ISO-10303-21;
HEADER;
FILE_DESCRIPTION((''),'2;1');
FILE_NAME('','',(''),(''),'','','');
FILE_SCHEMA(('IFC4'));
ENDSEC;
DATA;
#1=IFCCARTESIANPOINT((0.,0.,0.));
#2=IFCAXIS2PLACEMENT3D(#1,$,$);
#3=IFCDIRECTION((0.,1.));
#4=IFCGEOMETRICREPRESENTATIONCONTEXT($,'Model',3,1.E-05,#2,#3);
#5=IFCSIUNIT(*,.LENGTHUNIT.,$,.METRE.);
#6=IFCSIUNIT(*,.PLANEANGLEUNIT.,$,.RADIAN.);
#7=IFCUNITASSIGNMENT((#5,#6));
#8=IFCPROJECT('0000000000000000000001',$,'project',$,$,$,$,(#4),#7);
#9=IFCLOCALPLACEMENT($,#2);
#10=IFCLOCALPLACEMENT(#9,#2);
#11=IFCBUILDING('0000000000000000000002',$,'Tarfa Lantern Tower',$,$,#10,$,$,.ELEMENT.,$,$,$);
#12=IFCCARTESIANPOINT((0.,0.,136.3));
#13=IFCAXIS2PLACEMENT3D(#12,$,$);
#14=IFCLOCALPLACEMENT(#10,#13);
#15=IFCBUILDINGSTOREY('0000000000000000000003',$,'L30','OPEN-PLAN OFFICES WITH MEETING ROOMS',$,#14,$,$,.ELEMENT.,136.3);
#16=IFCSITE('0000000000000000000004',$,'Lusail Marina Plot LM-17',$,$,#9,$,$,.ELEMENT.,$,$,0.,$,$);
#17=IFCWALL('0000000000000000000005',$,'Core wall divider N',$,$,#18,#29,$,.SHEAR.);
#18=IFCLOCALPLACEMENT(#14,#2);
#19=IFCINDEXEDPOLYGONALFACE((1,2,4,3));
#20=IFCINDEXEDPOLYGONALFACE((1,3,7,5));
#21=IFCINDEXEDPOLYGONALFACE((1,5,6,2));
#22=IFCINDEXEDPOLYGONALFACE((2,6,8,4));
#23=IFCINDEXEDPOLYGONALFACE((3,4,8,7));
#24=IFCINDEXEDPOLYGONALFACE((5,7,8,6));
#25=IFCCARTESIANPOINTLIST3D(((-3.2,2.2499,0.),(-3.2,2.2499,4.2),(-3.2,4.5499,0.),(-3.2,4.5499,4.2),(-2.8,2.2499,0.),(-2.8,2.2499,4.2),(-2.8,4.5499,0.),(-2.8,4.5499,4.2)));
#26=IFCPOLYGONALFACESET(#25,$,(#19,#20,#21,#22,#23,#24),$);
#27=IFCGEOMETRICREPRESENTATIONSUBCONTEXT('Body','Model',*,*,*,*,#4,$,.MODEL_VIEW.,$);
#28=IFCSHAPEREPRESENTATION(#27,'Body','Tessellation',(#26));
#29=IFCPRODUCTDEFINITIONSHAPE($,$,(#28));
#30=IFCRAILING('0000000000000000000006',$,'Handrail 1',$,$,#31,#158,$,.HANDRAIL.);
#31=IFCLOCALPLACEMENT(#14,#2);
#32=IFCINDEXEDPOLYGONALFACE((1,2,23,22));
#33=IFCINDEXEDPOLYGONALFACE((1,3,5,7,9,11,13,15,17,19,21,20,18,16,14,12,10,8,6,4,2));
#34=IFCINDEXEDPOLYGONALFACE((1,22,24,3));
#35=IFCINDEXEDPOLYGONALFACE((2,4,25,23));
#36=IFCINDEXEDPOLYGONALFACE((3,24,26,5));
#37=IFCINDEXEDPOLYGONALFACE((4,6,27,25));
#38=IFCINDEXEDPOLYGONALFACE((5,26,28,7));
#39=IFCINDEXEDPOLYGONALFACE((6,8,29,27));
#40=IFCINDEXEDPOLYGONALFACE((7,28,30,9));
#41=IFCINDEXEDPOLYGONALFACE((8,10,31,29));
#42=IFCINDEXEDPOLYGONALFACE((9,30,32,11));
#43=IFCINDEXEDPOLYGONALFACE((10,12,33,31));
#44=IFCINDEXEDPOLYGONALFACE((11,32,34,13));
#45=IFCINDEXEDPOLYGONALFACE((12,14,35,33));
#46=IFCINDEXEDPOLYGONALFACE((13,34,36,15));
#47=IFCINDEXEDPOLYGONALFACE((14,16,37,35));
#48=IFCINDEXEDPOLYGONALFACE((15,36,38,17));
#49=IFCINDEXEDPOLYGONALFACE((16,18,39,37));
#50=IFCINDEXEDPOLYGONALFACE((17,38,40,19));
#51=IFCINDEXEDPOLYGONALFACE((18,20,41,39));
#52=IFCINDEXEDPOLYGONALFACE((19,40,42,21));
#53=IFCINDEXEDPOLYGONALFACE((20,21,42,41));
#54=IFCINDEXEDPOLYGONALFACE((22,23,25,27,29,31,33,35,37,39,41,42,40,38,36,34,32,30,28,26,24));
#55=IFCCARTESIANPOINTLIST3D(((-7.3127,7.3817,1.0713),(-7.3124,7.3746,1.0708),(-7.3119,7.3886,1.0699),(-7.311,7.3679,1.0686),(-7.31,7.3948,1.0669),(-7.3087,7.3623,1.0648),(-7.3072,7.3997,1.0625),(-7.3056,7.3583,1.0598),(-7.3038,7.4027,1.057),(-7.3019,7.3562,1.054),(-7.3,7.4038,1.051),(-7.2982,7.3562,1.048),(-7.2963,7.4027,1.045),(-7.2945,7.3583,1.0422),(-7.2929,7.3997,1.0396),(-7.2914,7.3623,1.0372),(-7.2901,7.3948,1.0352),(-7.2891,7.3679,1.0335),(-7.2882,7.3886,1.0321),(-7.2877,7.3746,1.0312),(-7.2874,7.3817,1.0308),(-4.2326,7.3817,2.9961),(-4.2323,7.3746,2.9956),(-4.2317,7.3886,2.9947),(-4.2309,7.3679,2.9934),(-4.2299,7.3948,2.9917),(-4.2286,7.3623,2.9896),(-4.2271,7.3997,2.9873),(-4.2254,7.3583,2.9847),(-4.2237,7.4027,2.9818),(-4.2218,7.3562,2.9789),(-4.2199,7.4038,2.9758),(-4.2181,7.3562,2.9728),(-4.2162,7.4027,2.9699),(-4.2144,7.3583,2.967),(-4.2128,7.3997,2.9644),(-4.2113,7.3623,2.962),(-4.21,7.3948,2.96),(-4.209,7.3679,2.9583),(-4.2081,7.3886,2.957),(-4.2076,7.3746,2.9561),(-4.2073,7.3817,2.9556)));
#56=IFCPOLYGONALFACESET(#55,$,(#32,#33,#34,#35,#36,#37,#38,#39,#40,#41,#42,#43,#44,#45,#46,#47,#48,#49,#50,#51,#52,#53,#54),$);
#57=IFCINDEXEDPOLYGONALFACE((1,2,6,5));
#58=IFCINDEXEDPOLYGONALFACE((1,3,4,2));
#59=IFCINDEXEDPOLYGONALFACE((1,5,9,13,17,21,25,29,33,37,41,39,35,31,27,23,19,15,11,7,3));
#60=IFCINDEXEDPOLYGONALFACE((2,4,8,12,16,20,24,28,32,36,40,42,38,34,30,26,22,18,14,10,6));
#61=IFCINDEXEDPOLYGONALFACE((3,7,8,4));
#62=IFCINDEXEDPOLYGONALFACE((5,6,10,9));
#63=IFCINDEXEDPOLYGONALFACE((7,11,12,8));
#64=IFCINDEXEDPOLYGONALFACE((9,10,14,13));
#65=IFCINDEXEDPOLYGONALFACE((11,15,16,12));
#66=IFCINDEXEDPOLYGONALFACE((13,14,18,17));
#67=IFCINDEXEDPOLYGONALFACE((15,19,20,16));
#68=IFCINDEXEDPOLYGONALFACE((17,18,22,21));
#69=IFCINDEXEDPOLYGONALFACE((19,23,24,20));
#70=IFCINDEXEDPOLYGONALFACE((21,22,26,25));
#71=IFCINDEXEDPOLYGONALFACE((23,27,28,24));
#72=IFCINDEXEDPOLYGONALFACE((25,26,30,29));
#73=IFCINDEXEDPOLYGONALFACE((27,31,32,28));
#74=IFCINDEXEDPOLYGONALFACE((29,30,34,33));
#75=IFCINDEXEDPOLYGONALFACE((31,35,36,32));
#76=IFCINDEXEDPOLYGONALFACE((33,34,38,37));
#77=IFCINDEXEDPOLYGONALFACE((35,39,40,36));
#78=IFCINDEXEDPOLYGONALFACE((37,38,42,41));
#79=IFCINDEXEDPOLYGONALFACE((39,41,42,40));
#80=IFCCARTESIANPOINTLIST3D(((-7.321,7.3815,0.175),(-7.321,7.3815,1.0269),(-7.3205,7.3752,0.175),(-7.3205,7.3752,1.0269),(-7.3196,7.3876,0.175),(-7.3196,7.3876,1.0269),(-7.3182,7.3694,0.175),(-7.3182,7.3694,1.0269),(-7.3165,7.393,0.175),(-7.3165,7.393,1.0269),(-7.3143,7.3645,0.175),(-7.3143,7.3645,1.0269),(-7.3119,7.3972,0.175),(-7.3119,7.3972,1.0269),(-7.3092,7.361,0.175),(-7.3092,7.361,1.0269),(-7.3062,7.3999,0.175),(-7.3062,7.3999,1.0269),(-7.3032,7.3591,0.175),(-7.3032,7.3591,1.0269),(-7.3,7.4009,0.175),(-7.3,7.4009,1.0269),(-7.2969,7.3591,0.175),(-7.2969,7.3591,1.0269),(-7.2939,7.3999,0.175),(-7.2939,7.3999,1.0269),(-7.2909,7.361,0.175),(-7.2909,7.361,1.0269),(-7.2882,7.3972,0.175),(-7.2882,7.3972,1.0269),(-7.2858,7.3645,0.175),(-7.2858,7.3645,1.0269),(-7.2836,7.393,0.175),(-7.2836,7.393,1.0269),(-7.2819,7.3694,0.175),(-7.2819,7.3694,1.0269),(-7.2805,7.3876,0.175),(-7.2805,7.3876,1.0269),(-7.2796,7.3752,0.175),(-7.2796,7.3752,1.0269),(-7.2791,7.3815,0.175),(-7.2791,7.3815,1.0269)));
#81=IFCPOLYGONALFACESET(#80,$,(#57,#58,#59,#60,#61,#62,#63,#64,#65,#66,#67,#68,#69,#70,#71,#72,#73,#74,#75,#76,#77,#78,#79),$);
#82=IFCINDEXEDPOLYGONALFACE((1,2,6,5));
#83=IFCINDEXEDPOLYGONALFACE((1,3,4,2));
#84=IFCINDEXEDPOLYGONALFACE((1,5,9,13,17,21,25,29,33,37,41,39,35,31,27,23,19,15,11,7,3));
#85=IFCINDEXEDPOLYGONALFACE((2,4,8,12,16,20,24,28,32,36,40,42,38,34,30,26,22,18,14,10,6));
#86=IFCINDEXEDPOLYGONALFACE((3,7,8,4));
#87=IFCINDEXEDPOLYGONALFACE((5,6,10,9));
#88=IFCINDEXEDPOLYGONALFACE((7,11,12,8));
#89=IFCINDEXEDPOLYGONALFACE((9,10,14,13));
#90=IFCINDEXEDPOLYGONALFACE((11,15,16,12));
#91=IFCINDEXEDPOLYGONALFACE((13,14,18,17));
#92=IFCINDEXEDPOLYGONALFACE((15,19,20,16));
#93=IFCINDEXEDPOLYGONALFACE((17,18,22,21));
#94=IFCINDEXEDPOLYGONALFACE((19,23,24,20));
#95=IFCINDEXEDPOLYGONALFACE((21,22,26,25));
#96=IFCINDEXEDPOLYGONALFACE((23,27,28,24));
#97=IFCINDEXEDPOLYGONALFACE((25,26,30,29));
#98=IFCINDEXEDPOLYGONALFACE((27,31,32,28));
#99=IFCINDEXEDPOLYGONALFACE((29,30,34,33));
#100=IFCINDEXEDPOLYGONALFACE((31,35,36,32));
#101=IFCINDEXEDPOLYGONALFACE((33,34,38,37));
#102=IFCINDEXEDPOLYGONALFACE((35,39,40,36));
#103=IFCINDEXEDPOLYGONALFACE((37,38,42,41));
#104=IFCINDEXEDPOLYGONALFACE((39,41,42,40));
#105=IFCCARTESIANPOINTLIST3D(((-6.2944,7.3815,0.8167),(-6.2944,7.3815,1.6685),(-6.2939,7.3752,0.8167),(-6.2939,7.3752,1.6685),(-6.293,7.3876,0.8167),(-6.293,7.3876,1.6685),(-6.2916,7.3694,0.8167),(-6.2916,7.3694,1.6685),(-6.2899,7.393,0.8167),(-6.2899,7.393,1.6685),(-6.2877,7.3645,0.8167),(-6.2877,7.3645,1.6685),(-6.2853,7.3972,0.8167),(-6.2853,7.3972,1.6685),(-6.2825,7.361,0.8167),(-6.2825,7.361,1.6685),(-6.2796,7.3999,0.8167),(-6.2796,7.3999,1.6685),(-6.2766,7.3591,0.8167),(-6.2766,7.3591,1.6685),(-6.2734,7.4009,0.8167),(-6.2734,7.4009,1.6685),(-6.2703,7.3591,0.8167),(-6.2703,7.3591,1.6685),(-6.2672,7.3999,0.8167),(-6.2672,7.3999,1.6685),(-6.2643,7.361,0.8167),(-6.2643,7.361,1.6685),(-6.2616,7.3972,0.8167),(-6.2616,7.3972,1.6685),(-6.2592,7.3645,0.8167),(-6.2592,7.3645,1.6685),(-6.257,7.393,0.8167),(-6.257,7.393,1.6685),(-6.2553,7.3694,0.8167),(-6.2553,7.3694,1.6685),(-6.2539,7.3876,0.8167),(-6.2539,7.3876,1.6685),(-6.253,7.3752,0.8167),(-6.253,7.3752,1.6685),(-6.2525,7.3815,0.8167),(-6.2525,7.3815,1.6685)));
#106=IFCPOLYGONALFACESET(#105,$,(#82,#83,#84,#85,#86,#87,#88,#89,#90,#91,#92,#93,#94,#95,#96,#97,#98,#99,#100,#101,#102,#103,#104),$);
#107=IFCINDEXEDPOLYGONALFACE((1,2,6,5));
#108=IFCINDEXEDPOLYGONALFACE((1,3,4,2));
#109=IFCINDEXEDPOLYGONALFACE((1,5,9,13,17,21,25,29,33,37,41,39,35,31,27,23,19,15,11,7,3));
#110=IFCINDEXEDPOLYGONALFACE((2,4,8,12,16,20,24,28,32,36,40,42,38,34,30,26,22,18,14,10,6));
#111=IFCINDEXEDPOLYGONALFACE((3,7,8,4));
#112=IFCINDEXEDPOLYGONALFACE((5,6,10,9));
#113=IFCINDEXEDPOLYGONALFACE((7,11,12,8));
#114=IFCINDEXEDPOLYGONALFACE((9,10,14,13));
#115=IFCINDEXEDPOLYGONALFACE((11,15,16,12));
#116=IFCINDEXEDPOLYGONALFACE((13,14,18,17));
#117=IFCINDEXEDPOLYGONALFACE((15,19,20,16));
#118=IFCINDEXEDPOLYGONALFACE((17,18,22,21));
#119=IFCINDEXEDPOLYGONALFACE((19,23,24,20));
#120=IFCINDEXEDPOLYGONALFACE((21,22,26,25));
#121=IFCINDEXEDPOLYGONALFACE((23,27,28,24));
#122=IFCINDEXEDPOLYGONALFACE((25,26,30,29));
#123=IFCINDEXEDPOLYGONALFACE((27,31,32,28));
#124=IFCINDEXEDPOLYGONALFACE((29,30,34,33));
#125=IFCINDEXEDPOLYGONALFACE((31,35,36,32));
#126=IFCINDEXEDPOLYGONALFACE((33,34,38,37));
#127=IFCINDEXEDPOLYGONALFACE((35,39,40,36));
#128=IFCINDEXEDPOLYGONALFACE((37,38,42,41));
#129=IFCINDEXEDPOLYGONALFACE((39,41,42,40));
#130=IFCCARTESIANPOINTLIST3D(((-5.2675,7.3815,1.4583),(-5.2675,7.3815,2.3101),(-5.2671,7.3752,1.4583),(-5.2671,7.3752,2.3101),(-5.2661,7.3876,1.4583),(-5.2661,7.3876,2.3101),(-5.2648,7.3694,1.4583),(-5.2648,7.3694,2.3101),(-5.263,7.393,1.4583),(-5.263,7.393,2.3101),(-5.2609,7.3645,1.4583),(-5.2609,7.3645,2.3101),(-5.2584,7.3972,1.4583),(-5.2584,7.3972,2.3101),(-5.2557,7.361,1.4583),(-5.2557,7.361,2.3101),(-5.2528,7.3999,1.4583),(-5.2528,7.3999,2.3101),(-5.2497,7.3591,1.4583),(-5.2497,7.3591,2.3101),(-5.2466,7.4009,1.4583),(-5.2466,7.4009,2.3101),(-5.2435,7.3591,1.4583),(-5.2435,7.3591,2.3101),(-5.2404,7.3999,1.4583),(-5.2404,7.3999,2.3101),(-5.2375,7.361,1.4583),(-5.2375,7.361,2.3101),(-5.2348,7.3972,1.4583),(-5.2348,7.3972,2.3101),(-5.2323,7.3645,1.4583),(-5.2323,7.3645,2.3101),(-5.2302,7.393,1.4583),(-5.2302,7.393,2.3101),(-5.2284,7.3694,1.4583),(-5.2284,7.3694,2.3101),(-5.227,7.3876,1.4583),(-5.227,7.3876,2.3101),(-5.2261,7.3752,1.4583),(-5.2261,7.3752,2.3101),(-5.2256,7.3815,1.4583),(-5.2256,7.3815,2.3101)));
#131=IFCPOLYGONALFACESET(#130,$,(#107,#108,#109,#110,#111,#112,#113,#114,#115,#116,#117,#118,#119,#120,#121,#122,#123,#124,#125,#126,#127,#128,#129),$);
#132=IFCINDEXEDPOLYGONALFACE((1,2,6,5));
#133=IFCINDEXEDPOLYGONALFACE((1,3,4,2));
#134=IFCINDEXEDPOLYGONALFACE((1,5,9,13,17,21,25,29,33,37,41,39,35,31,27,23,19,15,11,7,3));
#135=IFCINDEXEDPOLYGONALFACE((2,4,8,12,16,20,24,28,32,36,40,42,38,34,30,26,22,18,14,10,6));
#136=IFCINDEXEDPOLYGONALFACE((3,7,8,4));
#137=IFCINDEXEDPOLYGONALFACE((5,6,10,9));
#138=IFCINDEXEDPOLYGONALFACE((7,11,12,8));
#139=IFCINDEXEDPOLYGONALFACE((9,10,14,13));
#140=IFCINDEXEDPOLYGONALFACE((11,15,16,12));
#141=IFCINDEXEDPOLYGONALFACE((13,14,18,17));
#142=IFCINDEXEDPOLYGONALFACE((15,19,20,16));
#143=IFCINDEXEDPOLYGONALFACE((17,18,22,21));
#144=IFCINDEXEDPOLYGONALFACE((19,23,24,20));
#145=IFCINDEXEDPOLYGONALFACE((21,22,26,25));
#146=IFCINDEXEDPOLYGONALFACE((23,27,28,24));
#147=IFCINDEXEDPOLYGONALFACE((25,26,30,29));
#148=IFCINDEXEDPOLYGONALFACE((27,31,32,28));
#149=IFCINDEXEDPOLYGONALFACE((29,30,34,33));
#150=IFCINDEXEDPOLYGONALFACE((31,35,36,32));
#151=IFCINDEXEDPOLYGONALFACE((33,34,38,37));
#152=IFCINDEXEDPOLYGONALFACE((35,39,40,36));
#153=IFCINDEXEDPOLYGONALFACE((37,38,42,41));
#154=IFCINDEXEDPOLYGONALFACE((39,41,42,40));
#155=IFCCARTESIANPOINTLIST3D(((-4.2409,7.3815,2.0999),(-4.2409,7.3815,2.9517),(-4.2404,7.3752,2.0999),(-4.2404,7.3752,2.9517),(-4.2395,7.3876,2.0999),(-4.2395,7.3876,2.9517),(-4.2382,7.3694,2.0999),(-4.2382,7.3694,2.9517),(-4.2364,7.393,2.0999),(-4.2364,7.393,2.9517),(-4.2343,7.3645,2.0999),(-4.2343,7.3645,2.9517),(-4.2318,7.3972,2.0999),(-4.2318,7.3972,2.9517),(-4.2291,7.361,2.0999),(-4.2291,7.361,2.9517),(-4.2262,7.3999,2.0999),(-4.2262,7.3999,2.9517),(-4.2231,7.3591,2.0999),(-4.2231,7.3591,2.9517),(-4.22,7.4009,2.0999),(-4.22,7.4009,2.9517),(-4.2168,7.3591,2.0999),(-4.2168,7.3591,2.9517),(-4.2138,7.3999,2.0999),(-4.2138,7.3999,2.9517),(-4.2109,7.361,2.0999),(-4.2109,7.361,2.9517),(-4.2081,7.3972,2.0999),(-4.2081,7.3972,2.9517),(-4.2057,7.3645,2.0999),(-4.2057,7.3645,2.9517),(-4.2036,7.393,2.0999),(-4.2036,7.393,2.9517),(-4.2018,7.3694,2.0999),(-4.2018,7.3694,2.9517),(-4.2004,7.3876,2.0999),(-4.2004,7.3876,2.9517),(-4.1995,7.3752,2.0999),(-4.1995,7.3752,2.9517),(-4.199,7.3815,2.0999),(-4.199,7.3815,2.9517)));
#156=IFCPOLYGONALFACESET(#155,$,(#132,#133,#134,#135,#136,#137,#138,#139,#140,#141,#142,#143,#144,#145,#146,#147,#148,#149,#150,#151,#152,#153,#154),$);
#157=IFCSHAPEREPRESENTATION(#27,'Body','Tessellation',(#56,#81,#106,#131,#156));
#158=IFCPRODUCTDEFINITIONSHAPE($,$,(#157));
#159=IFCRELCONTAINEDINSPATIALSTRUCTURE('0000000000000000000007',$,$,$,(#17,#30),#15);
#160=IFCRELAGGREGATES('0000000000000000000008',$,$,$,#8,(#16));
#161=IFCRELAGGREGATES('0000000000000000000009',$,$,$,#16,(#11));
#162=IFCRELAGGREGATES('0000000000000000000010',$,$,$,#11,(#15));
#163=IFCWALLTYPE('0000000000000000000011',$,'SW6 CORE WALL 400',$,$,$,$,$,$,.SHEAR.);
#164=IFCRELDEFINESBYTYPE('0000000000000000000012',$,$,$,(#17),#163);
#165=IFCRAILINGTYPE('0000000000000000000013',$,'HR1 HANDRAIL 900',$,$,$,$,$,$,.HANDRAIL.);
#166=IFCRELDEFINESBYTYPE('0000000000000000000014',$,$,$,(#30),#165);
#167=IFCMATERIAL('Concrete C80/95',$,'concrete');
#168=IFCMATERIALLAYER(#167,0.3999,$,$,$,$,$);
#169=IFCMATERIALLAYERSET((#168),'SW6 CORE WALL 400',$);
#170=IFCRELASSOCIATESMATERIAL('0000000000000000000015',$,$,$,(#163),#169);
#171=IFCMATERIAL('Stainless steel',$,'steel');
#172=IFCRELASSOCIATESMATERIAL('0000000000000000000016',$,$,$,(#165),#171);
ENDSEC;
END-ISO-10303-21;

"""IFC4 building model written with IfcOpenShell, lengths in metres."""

from ifc_helpers import new_model, si_unit, direction, frame, frame_2d, origin, origin_2d, place, context, subcontext, project, spatial, rectangle, circle, extrude, material, layer, layer_set, type_object, element, save


model = new_model("IFC4")

# Units and contexts
model_context = context("Model", 3, precision=1e-05, world=origin(), true_north=direction((0.0, 1.0)))
body_context = subcontext(model_context, "Body", "Model", "MODEL_VIEW")
ifc_project = project(units=[si_unit("LENGTHUNIT", "METRE"), si_unit("PLANEANGLEUNIT", "RADIAN")], contexts=[model_context])

# Site, building, storey
site_placement = place(None, origin())
site = spatial("IfcSite", under=ifc_project, at=site_placement, Name="Lusail Marina Plot LM-17", CompositionType="ELEMENT", RefElevation=0.0)
building_placement = place(site_placement, origin())
building = spatial("IfcBuilding", under=site, at=building_placement, Name="Tarfa Lantern Tower", CompositionType="ELEMENT")
storey_placement = place(building_placement, frame((0.0, 0.0, 136.3)))
storey = spatial("IfcBuildingStorey", under=building, at=storey_placement, Name="L30", Description="OPEN-PLAN OFFICES WITH MEETING ROOMS", CompositionType="ELEMENT", Elevation=136.3)

# Shared definitions
ifc_material_1 = material(Name="Concrete C80/95", Category="concrete")

# Wall
ifc_layer_1 = layer(ifc_material_1, 0.3999)
ifc_layer_set_1 = layer_set([ifc_layer_1], Name="SW6 CORE WALL 400")
wall_type_1 = type_object("IfcWallType", Name="SW6 CORE WALL 400", PredefinedType="SHEAR", material=ifc_layer_set_1)
for number, where, z_axis, x_axis, name in (
    (1, (-3.0, 2.25, 0.0), (0.0, 0.0, 1.0), (0.0, 1.0, 0.0), "Core wall divider N"),
):
    element("IfcWall", number, at=place(storey_placement, frame(where, z_axis=z_axis, x_axis=x_axis)), inside=storey, type_object=wall_type_1, Name=name, PredefinedType="SHEAR", context=body_context, shape_type="SweptSolid", body=[
        extrude(rectangle(XDim=2.3, YDim=0.3999, at=frame_2d((1.1499, 0.0))), origin(), (0.0, 0.0, 1.0), 4.2),
    ])

# Railing
ifc_material_2 = material(Name="Stainless steel", Category="steel")
railing_type = type_object("IfcRailingType", Name="HR1 HANDRAIL 900", PredefinedType="HANDRAIL", material=ifc_material_2)
railing_placement = place(storey_placement, frame((-7.3, 7.3799, 0.175)))
element("IfcRailing", 2, at=railing_placement, inside=storey, type_object=railing_type, Name="Handrail 1", PredefinedType="HANDRAIL", context=body_context, shape_type="SweptSolid", body=[
    extrude(circle(Radius=0.0239, at=origin_2d()), frame((0.0, 0.0, 0.876), z_axis=(0.848029, 0.0, 0.529951), x_axis=(0.0, 1.0, 0.0)), (0.0, 0.0, 1.0), 3.6321),
    extrude(circle(Radius=0.021, at=origin_2d()), frame((0.0, 0.0, 0.0), z_axis=(0.0, 0.0, 1.0), x_axis=(0.0, 1.0, 0.0)), (0.0, 0.0, 1.0), 0.8518),
    extrude(circle(Radius=0.021, at=origin_2d()), frame((1.0266, 0.0, 0.6416), z_axis=(0.0, 0.0, 1.0), x_axis=(0.0, 1.0, 0.0)), (0.0, 0.0, 1.0), 0.8518),
    extrude(circle(Radius=0.021, at=origin_2d()), frame((2.0535, 0.0, 1.2832), z_axis=(0.0, 0.0, 1.0), x_axis=(0.0, 1.0, 0.0)), (0.0, 0.0, 1.0), 0.8518),
    extrude(circle(Radius=0.021, at=origin_2d()), frame((3.0801, 0.0, 1.9248), z_axis=(0.0, 0.0, 1.0), x_axis=(0.0, 1.0, 0.0)), (0.0, 0.0, 1.0), 0.8518),
])

save(model, "model.ifc")
